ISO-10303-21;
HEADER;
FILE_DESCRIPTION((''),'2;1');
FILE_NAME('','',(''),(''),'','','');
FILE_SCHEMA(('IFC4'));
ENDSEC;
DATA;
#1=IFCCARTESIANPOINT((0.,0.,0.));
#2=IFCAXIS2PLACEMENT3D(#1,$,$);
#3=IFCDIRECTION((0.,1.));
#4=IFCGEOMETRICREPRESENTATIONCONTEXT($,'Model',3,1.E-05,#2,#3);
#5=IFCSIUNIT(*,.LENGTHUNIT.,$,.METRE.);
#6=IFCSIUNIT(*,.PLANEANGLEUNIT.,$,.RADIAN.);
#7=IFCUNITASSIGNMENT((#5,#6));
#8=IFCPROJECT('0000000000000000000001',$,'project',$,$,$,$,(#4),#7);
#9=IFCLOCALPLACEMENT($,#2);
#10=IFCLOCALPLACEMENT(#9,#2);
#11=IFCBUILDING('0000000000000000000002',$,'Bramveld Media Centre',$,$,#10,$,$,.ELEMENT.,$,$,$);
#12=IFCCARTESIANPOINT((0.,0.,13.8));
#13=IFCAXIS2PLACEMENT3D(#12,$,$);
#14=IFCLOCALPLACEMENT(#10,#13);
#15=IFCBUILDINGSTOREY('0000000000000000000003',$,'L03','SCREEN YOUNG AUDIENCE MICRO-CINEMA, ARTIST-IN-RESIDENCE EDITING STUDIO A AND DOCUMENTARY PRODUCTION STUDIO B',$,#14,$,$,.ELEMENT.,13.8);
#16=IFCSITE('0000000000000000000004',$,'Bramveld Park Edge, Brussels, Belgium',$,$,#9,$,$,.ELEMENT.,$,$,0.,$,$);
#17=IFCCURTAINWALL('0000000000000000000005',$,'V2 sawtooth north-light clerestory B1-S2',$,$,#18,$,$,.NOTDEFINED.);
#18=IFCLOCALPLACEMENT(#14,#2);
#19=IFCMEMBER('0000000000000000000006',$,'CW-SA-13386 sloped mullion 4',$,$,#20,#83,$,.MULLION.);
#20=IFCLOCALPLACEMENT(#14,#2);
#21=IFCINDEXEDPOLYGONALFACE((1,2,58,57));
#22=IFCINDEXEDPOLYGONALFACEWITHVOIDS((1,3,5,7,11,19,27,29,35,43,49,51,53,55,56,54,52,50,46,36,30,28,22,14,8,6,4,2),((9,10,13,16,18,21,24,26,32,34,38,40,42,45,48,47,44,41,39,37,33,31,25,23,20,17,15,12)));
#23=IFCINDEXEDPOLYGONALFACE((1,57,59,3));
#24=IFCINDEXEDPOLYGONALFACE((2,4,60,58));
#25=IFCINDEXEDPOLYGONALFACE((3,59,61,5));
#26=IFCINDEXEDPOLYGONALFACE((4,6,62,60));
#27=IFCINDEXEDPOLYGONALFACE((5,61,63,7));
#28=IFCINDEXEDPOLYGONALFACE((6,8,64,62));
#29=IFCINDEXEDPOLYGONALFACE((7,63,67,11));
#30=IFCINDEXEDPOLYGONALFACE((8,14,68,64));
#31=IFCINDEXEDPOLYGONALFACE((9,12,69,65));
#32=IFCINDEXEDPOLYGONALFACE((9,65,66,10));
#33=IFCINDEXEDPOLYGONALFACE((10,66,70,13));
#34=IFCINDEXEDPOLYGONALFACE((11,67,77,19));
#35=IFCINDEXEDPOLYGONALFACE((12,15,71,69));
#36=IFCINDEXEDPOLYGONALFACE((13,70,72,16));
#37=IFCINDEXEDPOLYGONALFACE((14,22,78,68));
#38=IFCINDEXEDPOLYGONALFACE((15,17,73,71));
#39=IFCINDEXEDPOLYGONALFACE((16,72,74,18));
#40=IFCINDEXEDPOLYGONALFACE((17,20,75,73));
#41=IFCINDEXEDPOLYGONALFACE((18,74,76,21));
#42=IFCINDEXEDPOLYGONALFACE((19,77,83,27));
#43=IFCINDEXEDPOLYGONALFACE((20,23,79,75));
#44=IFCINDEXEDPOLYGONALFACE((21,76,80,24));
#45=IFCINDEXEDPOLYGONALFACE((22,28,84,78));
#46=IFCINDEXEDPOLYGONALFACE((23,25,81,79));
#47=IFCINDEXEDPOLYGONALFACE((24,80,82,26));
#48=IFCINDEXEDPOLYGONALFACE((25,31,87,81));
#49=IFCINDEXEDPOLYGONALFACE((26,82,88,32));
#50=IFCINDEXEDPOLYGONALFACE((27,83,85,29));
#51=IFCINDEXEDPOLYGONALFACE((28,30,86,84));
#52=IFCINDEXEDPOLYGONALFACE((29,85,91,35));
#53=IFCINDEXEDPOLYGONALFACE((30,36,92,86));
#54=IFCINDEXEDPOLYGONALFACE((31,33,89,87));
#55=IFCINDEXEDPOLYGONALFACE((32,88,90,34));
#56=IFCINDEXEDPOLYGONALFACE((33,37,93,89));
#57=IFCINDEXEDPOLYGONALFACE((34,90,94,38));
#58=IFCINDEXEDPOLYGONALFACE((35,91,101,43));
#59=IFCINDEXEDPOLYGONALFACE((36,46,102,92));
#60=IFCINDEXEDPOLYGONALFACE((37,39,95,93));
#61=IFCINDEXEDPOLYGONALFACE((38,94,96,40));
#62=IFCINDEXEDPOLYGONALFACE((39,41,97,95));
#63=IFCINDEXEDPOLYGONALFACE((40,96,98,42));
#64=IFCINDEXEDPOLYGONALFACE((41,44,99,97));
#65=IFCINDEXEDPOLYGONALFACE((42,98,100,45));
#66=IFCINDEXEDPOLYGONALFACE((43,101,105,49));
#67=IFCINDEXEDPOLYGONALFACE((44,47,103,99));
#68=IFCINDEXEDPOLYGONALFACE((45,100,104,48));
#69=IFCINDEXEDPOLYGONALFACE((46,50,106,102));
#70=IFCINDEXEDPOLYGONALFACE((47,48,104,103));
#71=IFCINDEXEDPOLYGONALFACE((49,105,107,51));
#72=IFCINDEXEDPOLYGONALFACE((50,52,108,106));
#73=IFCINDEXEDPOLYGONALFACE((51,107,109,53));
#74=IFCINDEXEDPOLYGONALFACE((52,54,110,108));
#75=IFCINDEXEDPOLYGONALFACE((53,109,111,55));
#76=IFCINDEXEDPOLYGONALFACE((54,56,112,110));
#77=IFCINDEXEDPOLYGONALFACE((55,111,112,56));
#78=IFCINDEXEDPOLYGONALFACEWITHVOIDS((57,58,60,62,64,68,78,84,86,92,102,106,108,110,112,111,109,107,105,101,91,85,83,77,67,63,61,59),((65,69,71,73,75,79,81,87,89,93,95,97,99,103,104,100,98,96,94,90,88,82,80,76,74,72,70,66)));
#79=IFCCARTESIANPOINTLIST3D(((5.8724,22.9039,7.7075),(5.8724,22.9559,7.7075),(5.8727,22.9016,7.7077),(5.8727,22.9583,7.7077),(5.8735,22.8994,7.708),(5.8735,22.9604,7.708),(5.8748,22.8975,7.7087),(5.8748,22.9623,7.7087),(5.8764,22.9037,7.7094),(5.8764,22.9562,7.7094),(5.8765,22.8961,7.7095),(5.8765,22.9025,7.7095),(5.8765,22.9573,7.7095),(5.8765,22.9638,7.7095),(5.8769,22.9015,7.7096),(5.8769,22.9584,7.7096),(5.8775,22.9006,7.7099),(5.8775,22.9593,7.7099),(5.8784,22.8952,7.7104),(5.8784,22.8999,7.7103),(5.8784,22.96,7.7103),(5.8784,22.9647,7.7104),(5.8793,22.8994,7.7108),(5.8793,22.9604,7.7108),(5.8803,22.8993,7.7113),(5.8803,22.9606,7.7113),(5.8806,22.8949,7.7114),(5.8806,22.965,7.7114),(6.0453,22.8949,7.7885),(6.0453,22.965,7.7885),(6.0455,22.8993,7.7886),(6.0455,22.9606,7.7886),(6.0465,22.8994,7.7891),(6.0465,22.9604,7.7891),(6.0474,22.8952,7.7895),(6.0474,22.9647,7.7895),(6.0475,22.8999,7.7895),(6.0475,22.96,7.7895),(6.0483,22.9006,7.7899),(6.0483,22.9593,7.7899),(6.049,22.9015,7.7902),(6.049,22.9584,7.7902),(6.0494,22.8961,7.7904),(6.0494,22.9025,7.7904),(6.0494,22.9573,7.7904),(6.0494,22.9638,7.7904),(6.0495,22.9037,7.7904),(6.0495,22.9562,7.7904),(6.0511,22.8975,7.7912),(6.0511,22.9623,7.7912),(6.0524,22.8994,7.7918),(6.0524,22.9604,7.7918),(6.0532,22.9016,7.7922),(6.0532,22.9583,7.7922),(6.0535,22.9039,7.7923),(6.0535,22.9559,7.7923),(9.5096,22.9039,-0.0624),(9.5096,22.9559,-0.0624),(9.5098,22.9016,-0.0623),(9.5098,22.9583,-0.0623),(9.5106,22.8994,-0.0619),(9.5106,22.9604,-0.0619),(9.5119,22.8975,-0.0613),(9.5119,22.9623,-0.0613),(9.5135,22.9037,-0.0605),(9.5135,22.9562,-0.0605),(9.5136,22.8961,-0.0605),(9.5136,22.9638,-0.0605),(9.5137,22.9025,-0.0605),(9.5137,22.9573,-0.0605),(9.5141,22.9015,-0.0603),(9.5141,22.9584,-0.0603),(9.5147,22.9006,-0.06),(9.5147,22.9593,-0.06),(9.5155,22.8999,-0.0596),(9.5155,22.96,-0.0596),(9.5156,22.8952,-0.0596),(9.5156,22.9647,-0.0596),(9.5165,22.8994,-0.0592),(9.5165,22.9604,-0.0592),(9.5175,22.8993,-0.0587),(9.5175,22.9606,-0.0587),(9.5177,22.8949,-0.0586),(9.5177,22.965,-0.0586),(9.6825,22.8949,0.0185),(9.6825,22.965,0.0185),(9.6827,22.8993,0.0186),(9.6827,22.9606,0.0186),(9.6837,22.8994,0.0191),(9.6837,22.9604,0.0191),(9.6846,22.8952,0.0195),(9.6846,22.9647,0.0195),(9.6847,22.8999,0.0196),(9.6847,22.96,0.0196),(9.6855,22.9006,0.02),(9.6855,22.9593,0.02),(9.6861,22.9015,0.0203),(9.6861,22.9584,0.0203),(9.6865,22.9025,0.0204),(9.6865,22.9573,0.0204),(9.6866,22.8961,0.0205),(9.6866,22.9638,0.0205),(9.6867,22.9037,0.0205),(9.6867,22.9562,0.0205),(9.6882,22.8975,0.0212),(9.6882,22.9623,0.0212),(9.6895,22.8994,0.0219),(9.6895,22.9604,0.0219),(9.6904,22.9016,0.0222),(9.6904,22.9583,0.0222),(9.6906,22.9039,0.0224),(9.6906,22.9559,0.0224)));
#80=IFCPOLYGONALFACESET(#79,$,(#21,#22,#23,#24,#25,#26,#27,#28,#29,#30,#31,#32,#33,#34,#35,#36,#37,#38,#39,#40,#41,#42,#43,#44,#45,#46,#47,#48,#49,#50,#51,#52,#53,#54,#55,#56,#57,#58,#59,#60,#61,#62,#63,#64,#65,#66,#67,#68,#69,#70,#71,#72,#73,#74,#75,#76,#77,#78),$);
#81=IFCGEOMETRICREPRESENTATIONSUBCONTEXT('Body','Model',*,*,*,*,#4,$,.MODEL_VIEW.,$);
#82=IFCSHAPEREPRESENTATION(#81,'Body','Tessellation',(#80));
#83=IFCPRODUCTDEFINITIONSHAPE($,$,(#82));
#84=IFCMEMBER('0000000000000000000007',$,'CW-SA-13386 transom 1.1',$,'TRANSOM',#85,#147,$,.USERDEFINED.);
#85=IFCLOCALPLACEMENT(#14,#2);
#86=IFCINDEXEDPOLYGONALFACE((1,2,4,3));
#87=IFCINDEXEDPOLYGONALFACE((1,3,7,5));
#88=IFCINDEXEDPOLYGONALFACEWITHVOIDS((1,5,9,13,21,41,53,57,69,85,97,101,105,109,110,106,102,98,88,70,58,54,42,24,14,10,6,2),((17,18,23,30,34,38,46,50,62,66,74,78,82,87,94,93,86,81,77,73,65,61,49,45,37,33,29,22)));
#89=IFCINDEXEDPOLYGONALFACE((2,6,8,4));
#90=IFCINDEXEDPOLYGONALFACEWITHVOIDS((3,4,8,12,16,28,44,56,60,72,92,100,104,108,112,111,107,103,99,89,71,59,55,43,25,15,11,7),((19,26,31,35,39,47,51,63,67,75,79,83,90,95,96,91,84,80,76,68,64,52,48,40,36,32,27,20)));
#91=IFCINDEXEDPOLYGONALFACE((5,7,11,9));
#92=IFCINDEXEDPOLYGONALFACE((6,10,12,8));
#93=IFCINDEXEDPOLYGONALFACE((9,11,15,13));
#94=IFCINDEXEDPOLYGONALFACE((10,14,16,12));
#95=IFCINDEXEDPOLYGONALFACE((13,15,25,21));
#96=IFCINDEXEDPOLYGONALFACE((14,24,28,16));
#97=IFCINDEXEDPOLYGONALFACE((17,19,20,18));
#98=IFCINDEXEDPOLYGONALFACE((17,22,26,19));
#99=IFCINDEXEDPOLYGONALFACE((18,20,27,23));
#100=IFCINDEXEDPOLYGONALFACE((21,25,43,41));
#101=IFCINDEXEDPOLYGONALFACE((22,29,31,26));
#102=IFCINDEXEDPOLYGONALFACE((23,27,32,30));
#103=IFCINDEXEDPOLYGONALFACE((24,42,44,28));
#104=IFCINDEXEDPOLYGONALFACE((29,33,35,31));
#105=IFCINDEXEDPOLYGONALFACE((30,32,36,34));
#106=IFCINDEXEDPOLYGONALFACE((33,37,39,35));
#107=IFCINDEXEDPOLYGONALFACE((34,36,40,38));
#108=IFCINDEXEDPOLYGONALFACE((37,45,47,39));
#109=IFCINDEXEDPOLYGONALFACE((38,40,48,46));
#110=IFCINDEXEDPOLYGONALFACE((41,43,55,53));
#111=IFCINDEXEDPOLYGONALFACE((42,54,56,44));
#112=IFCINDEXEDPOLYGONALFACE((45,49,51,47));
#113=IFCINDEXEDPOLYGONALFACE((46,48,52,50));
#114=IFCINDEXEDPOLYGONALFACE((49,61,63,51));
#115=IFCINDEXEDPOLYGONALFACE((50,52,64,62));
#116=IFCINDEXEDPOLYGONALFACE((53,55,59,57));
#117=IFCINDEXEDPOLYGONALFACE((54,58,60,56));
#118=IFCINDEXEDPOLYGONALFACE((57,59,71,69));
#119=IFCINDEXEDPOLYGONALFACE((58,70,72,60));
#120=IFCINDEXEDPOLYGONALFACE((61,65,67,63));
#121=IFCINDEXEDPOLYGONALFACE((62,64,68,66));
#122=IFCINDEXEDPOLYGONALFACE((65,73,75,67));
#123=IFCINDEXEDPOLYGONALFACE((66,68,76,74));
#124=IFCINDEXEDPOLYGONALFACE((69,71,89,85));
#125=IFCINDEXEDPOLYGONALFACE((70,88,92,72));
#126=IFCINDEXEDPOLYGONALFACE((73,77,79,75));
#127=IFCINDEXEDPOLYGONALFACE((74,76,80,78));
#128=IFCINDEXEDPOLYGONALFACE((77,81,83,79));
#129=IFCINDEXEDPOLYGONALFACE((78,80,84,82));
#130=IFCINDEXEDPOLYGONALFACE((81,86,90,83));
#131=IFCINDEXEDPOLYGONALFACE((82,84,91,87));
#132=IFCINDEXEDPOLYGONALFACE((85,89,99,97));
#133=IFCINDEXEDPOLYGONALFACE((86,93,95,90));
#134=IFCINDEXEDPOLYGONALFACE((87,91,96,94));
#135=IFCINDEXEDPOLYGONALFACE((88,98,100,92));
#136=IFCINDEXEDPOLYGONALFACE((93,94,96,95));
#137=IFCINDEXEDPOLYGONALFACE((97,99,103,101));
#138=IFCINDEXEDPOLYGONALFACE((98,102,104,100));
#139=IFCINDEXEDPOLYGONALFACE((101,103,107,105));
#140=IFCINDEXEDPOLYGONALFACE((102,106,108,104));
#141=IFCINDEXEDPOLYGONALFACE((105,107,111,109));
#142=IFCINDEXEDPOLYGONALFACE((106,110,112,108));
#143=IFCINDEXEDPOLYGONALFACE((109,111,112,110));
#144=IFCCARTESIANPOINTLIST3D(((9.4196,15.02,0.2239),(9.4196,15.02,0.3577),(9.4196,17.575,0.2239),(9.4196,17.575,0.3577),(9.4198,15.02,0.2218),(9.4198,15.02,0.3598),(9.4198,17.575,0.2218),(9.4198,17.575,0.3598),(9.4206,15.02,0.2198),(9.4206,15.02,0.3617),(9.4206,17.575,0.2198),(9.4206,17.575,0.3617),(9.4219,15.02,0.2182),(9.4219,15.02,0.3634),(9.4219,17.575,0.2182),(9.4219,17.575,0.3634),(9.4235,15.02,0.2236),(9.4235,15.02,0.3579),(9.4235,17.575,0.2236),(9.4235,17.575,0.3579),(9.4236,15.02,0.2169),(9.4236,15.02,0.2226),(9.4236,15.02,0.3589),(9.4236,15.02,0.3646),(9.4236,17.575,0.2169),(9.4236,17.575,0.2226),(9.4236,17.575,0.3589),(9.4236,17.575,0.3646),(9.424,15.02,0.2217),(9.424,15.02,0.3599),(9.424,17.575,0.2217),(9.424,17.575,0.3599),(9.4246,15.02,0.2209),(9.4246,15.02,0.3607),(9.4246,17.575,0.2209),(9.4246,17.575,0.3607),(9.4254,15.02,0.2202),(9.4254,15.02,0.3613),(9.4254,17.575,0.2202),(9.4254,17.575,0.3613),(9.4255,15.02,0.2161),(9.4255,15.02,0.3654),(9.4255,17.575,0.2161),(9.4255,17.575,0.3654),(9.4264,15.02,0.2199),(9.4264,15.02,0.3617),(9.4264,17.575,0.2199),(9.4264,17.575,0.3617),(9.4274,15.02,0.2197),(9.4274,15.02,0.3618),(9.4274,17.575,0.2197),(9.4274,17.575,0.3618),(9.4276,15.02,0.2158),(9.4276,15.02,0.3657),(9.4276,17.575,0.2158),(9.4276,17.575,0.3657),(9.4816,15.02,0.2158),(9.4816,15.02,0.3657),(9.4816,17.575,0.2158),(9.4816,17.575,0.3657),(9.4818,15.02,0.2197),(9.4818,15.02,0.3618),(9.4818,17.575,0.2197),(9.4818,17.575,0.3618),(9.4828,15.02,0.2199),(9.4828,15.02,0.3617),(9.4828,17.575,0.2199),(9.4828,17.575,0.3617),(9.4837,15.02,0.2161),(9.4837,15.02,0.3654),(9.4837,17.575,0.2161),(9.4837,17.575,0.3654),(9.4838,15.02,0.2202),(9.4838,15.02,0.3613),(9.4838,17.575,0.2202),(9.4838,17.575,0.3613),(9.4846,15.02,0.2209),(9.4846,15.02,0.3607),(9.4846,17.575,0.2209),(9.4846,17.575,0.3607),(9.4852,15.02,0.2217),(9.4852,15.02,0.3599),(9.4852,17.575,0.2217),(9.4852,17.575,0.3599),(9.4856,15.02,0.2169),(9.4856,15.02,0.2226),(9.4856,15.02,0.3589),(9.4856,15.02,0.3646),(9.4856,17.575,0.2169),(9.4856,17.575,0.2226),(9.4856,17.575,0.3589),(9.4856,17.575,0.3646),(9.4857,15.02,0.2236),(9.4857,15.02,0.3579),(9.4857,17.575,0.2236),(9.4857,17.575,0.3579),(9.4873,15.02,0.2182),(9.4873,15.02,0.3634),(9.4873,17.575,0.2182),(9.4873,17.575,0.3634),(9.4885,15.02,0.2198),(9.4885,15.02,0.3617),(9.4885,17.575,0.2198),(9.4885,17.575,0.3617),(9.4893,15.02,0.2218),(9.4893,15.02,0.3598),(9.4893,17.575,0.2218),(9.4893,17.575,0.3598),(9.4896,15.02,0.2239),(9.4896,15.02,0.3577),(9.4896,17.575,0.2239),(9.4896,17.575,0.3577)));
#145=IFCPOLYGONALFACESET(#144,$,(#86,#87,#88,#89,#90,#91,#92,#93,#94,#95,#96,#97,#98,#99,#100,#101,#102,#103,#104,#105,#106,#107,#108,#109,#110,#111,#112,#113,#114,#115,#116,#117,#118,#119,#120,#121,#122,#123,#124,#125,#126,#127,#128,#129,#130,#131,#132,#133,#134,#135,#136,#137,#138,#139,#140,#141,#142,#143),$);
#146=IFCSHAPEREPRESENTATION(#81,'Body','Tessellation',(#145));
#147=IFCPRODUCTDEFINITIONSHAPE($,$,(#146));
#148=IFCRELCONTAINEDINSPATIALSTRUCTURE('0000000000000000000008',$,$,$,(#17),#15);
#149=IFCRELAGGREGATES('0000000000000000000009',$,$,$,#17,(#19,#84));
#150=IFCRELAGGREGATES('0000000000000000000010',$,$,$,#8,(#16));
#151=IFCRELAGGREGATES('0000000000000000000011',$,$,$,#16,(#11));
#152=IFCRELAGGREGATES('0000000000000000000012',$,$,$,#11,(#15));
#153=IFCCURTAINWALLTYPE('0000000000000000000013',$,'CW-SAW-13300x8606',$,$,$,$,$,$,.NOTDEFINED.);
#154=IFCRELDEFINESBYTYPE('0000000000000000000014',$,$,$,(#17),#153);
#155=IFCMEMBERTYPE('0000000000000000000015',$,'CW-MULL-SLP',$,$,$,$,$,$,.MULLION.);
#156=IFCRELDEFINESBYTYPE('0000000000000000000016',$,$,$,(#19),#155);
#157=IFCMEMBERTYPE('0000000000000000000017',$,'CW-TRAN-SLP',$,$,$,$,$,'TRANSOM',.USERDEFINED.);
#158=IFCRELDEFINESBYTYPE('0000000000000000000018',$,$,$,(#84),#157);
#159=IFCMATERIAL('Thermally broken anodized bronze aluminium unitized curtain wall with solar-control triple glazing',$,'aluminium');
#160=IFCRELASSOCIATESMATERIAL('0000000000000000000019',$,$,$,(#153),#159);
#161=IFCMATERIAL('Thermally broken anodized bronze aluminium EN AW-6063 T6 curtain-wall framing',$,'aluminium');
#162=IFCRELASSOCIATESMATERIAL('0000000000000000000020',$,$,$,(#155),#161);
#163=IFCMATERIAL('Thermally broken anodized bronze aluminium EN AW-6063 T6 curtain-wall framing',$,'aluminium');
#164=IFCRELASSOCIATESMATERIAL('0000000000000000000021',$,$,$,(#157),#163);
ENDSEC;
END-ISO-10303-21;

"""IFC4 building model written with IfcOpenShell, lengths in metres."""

from ifc_helpers import new_model, si_unit, direction, frame, origin, origin_2d, place, context, subcontext, project, spatial, hollow_rectangle, extrude, material, material_profile, profile_set, type_object, element, aggregate, save


model = new_model("IFC4")

# Units and contexts
model_context = context("Model", 3, precision=1e-05, world=origin(), true_north=direction((0.0, 1.0)))
body_context = subcontext(model_context, "Body", "Model", "MODEL_VIEW")
ifc_project = project(units=[si_unit("LENGTHUNIT", "METRE"), si_unit("PLANEANGLEUNIT", "RADIAN")], contexts=[model_context])

# Site, building, storey
site_placement = place(None, origin())
site = spatial("IfcSite", under=ifc_project, at=site_placement, Name="Bramveld Park Edge, Brussels, Belgium", CompositionType="ELEMENT", RefElevation=0.0)
building_placement = place(site_placement, origin())
building = spatial("IfcBuilding", under=site, at=building_placement, Name="Bramveld Media Centre", CompositionType="ELEMENT")
storey_placement = place(building_placement, frame((0.0, 0.0, 13.8)))
storey = spatial("IfcBuildingStorey", under=building, at=storey_placement, Name="L03", Description="SCREEN YOUNG AUDIENCE MICRO-CINEMA, ARTIST-IN-RESIDENCE EDITING STUDIO A AND DOCUMENTARY PRODUCTION STUDIO B", CompositionType="ELEMENT", Elevation=13.8)

# Shared definitions
ifc_material_1 = material(Name="Thermally broken anodized bronze aluminium unitized curtain wall with solar-control triple glazing", Category="aluminium")
curtain_wall_type = type_object("IfcCurtainWallType", Name="CW-SAW-13300x8606", PredefinedType="NOTDEFINED", material=ifc_material_1)
ifc_material_2 = material(Name="Thermally broken anodized bronze aluminium EN AW-6063 T6 curtain-wall framing", Category="aluminium")
ifc_material_profile_1 = material_profile(ifc_material_2, hollow_rectangle(XDim=0.0701, YDim=0.2, WallThickness=0.0044, InnerFilletRadius=0.0044, OuterFilletRadius=0.009, at=origin_2d()), Name="AL-MULL 70x200")
ifc_profile_set_1 = profile_set([ifc_material_profile_1], Name="Thermally broken anodized bronze aluminium EN AW-6063 T6 curtain-wall framing")
member_type_1 = type_object("IfcMemberType", Name="CW-MULL-SLP", PredefinedType="MULLION", material=ifc_profile_set_1)

# Curtain wall, members
curtain_wall_1_placement = place(storey_placement, origin())
curtain_wall_1 = element("IfcCurtainWall", 1, at=curtain_wall_1_placement, inside=storey, type_object=curtain_wall_type, Name="V2 sawtooth north-light clerestory B1-S2", PredefinedType="NOTDEFINED")
member_1_placement = place(storey_placement, frame((9.6001, 22.9299, -0.02), z_axis=(-0.423957, 0.0, 0.905682), x_axis=(0.0, -1.0, 0.0)))
member_1 = element("IfcMember", 2, at=member_1_placement, type_object=member_type_1, Name="CW-SA-13386 sloped mullion 4", PredefinedType="MULLION", context=body_context, shape_type="SweptSolid", body=[
    extrude(hollow_rectangle(XDim=0.0701, YDim=0.2, WallThickness=0.0044, InnerFilletRadius=0.0044, OuterFilletRadius=0.009, at=origin_2d()), origin(), (0.0, 0.0, 1.0), 8.5791),
])
ifc_material_3 = material(Name="Thermally broken anodized bronze aluminium EN AW-6063 T6 curtain-wall framing", Category="aluminium")
ifc_material_profile_2 = material_profile(ifc_material_3, hollow_rectangle(XDim=0.0701, YDim=0.1499, WallThickness=0.0039, InnerFilletRadius=0.0039, OuterFilletRadius=0.0081, at=origin_2d()), Name="AL-TRAN 70x150")
ifc_profile_set_2 = profile_set([ifc_material_profile_2], Name="Thermally broken anodized bronze aluminium EN AW-6063 T6 curtain-wall framing")
member_type_2 = type_object("IfcMemberType", Name="CW-TRAN-SLP", ElementType="TRANSOM", PredefinedType="USERDEFINED", material=ifc_profile_set_2)
member_2_placement = place(storey_placement, frame((9.4546, 15.02, 0.2908), z_axis=(0.0, 1.0, 0.0), x_axis=(-1.0, 0.0, 0.0)))
member_2 = element("IfcMember", 3, at=member_2_placement, type_object=member_type_2, Name="CW-SA-13386 transom 1.1", ObjectType="TRANSOM", PredefinedType="USERDEFINED", context=body_context, shape_type="SweptSolid", body=[
    extrude(hollow_rectangle(XDim=0.0701, YDim=0.1499, WallThickness=0.0039, InnerFilletRadius=0.0039, OuterFilletRadius=0.0081, at=origin_2d()), origin(), (0.0, 0.0, 1.0), 2.5549),
])
aggregate(curtain_wall_1, [member_1, member_2])

save(model, "model.ifc")
